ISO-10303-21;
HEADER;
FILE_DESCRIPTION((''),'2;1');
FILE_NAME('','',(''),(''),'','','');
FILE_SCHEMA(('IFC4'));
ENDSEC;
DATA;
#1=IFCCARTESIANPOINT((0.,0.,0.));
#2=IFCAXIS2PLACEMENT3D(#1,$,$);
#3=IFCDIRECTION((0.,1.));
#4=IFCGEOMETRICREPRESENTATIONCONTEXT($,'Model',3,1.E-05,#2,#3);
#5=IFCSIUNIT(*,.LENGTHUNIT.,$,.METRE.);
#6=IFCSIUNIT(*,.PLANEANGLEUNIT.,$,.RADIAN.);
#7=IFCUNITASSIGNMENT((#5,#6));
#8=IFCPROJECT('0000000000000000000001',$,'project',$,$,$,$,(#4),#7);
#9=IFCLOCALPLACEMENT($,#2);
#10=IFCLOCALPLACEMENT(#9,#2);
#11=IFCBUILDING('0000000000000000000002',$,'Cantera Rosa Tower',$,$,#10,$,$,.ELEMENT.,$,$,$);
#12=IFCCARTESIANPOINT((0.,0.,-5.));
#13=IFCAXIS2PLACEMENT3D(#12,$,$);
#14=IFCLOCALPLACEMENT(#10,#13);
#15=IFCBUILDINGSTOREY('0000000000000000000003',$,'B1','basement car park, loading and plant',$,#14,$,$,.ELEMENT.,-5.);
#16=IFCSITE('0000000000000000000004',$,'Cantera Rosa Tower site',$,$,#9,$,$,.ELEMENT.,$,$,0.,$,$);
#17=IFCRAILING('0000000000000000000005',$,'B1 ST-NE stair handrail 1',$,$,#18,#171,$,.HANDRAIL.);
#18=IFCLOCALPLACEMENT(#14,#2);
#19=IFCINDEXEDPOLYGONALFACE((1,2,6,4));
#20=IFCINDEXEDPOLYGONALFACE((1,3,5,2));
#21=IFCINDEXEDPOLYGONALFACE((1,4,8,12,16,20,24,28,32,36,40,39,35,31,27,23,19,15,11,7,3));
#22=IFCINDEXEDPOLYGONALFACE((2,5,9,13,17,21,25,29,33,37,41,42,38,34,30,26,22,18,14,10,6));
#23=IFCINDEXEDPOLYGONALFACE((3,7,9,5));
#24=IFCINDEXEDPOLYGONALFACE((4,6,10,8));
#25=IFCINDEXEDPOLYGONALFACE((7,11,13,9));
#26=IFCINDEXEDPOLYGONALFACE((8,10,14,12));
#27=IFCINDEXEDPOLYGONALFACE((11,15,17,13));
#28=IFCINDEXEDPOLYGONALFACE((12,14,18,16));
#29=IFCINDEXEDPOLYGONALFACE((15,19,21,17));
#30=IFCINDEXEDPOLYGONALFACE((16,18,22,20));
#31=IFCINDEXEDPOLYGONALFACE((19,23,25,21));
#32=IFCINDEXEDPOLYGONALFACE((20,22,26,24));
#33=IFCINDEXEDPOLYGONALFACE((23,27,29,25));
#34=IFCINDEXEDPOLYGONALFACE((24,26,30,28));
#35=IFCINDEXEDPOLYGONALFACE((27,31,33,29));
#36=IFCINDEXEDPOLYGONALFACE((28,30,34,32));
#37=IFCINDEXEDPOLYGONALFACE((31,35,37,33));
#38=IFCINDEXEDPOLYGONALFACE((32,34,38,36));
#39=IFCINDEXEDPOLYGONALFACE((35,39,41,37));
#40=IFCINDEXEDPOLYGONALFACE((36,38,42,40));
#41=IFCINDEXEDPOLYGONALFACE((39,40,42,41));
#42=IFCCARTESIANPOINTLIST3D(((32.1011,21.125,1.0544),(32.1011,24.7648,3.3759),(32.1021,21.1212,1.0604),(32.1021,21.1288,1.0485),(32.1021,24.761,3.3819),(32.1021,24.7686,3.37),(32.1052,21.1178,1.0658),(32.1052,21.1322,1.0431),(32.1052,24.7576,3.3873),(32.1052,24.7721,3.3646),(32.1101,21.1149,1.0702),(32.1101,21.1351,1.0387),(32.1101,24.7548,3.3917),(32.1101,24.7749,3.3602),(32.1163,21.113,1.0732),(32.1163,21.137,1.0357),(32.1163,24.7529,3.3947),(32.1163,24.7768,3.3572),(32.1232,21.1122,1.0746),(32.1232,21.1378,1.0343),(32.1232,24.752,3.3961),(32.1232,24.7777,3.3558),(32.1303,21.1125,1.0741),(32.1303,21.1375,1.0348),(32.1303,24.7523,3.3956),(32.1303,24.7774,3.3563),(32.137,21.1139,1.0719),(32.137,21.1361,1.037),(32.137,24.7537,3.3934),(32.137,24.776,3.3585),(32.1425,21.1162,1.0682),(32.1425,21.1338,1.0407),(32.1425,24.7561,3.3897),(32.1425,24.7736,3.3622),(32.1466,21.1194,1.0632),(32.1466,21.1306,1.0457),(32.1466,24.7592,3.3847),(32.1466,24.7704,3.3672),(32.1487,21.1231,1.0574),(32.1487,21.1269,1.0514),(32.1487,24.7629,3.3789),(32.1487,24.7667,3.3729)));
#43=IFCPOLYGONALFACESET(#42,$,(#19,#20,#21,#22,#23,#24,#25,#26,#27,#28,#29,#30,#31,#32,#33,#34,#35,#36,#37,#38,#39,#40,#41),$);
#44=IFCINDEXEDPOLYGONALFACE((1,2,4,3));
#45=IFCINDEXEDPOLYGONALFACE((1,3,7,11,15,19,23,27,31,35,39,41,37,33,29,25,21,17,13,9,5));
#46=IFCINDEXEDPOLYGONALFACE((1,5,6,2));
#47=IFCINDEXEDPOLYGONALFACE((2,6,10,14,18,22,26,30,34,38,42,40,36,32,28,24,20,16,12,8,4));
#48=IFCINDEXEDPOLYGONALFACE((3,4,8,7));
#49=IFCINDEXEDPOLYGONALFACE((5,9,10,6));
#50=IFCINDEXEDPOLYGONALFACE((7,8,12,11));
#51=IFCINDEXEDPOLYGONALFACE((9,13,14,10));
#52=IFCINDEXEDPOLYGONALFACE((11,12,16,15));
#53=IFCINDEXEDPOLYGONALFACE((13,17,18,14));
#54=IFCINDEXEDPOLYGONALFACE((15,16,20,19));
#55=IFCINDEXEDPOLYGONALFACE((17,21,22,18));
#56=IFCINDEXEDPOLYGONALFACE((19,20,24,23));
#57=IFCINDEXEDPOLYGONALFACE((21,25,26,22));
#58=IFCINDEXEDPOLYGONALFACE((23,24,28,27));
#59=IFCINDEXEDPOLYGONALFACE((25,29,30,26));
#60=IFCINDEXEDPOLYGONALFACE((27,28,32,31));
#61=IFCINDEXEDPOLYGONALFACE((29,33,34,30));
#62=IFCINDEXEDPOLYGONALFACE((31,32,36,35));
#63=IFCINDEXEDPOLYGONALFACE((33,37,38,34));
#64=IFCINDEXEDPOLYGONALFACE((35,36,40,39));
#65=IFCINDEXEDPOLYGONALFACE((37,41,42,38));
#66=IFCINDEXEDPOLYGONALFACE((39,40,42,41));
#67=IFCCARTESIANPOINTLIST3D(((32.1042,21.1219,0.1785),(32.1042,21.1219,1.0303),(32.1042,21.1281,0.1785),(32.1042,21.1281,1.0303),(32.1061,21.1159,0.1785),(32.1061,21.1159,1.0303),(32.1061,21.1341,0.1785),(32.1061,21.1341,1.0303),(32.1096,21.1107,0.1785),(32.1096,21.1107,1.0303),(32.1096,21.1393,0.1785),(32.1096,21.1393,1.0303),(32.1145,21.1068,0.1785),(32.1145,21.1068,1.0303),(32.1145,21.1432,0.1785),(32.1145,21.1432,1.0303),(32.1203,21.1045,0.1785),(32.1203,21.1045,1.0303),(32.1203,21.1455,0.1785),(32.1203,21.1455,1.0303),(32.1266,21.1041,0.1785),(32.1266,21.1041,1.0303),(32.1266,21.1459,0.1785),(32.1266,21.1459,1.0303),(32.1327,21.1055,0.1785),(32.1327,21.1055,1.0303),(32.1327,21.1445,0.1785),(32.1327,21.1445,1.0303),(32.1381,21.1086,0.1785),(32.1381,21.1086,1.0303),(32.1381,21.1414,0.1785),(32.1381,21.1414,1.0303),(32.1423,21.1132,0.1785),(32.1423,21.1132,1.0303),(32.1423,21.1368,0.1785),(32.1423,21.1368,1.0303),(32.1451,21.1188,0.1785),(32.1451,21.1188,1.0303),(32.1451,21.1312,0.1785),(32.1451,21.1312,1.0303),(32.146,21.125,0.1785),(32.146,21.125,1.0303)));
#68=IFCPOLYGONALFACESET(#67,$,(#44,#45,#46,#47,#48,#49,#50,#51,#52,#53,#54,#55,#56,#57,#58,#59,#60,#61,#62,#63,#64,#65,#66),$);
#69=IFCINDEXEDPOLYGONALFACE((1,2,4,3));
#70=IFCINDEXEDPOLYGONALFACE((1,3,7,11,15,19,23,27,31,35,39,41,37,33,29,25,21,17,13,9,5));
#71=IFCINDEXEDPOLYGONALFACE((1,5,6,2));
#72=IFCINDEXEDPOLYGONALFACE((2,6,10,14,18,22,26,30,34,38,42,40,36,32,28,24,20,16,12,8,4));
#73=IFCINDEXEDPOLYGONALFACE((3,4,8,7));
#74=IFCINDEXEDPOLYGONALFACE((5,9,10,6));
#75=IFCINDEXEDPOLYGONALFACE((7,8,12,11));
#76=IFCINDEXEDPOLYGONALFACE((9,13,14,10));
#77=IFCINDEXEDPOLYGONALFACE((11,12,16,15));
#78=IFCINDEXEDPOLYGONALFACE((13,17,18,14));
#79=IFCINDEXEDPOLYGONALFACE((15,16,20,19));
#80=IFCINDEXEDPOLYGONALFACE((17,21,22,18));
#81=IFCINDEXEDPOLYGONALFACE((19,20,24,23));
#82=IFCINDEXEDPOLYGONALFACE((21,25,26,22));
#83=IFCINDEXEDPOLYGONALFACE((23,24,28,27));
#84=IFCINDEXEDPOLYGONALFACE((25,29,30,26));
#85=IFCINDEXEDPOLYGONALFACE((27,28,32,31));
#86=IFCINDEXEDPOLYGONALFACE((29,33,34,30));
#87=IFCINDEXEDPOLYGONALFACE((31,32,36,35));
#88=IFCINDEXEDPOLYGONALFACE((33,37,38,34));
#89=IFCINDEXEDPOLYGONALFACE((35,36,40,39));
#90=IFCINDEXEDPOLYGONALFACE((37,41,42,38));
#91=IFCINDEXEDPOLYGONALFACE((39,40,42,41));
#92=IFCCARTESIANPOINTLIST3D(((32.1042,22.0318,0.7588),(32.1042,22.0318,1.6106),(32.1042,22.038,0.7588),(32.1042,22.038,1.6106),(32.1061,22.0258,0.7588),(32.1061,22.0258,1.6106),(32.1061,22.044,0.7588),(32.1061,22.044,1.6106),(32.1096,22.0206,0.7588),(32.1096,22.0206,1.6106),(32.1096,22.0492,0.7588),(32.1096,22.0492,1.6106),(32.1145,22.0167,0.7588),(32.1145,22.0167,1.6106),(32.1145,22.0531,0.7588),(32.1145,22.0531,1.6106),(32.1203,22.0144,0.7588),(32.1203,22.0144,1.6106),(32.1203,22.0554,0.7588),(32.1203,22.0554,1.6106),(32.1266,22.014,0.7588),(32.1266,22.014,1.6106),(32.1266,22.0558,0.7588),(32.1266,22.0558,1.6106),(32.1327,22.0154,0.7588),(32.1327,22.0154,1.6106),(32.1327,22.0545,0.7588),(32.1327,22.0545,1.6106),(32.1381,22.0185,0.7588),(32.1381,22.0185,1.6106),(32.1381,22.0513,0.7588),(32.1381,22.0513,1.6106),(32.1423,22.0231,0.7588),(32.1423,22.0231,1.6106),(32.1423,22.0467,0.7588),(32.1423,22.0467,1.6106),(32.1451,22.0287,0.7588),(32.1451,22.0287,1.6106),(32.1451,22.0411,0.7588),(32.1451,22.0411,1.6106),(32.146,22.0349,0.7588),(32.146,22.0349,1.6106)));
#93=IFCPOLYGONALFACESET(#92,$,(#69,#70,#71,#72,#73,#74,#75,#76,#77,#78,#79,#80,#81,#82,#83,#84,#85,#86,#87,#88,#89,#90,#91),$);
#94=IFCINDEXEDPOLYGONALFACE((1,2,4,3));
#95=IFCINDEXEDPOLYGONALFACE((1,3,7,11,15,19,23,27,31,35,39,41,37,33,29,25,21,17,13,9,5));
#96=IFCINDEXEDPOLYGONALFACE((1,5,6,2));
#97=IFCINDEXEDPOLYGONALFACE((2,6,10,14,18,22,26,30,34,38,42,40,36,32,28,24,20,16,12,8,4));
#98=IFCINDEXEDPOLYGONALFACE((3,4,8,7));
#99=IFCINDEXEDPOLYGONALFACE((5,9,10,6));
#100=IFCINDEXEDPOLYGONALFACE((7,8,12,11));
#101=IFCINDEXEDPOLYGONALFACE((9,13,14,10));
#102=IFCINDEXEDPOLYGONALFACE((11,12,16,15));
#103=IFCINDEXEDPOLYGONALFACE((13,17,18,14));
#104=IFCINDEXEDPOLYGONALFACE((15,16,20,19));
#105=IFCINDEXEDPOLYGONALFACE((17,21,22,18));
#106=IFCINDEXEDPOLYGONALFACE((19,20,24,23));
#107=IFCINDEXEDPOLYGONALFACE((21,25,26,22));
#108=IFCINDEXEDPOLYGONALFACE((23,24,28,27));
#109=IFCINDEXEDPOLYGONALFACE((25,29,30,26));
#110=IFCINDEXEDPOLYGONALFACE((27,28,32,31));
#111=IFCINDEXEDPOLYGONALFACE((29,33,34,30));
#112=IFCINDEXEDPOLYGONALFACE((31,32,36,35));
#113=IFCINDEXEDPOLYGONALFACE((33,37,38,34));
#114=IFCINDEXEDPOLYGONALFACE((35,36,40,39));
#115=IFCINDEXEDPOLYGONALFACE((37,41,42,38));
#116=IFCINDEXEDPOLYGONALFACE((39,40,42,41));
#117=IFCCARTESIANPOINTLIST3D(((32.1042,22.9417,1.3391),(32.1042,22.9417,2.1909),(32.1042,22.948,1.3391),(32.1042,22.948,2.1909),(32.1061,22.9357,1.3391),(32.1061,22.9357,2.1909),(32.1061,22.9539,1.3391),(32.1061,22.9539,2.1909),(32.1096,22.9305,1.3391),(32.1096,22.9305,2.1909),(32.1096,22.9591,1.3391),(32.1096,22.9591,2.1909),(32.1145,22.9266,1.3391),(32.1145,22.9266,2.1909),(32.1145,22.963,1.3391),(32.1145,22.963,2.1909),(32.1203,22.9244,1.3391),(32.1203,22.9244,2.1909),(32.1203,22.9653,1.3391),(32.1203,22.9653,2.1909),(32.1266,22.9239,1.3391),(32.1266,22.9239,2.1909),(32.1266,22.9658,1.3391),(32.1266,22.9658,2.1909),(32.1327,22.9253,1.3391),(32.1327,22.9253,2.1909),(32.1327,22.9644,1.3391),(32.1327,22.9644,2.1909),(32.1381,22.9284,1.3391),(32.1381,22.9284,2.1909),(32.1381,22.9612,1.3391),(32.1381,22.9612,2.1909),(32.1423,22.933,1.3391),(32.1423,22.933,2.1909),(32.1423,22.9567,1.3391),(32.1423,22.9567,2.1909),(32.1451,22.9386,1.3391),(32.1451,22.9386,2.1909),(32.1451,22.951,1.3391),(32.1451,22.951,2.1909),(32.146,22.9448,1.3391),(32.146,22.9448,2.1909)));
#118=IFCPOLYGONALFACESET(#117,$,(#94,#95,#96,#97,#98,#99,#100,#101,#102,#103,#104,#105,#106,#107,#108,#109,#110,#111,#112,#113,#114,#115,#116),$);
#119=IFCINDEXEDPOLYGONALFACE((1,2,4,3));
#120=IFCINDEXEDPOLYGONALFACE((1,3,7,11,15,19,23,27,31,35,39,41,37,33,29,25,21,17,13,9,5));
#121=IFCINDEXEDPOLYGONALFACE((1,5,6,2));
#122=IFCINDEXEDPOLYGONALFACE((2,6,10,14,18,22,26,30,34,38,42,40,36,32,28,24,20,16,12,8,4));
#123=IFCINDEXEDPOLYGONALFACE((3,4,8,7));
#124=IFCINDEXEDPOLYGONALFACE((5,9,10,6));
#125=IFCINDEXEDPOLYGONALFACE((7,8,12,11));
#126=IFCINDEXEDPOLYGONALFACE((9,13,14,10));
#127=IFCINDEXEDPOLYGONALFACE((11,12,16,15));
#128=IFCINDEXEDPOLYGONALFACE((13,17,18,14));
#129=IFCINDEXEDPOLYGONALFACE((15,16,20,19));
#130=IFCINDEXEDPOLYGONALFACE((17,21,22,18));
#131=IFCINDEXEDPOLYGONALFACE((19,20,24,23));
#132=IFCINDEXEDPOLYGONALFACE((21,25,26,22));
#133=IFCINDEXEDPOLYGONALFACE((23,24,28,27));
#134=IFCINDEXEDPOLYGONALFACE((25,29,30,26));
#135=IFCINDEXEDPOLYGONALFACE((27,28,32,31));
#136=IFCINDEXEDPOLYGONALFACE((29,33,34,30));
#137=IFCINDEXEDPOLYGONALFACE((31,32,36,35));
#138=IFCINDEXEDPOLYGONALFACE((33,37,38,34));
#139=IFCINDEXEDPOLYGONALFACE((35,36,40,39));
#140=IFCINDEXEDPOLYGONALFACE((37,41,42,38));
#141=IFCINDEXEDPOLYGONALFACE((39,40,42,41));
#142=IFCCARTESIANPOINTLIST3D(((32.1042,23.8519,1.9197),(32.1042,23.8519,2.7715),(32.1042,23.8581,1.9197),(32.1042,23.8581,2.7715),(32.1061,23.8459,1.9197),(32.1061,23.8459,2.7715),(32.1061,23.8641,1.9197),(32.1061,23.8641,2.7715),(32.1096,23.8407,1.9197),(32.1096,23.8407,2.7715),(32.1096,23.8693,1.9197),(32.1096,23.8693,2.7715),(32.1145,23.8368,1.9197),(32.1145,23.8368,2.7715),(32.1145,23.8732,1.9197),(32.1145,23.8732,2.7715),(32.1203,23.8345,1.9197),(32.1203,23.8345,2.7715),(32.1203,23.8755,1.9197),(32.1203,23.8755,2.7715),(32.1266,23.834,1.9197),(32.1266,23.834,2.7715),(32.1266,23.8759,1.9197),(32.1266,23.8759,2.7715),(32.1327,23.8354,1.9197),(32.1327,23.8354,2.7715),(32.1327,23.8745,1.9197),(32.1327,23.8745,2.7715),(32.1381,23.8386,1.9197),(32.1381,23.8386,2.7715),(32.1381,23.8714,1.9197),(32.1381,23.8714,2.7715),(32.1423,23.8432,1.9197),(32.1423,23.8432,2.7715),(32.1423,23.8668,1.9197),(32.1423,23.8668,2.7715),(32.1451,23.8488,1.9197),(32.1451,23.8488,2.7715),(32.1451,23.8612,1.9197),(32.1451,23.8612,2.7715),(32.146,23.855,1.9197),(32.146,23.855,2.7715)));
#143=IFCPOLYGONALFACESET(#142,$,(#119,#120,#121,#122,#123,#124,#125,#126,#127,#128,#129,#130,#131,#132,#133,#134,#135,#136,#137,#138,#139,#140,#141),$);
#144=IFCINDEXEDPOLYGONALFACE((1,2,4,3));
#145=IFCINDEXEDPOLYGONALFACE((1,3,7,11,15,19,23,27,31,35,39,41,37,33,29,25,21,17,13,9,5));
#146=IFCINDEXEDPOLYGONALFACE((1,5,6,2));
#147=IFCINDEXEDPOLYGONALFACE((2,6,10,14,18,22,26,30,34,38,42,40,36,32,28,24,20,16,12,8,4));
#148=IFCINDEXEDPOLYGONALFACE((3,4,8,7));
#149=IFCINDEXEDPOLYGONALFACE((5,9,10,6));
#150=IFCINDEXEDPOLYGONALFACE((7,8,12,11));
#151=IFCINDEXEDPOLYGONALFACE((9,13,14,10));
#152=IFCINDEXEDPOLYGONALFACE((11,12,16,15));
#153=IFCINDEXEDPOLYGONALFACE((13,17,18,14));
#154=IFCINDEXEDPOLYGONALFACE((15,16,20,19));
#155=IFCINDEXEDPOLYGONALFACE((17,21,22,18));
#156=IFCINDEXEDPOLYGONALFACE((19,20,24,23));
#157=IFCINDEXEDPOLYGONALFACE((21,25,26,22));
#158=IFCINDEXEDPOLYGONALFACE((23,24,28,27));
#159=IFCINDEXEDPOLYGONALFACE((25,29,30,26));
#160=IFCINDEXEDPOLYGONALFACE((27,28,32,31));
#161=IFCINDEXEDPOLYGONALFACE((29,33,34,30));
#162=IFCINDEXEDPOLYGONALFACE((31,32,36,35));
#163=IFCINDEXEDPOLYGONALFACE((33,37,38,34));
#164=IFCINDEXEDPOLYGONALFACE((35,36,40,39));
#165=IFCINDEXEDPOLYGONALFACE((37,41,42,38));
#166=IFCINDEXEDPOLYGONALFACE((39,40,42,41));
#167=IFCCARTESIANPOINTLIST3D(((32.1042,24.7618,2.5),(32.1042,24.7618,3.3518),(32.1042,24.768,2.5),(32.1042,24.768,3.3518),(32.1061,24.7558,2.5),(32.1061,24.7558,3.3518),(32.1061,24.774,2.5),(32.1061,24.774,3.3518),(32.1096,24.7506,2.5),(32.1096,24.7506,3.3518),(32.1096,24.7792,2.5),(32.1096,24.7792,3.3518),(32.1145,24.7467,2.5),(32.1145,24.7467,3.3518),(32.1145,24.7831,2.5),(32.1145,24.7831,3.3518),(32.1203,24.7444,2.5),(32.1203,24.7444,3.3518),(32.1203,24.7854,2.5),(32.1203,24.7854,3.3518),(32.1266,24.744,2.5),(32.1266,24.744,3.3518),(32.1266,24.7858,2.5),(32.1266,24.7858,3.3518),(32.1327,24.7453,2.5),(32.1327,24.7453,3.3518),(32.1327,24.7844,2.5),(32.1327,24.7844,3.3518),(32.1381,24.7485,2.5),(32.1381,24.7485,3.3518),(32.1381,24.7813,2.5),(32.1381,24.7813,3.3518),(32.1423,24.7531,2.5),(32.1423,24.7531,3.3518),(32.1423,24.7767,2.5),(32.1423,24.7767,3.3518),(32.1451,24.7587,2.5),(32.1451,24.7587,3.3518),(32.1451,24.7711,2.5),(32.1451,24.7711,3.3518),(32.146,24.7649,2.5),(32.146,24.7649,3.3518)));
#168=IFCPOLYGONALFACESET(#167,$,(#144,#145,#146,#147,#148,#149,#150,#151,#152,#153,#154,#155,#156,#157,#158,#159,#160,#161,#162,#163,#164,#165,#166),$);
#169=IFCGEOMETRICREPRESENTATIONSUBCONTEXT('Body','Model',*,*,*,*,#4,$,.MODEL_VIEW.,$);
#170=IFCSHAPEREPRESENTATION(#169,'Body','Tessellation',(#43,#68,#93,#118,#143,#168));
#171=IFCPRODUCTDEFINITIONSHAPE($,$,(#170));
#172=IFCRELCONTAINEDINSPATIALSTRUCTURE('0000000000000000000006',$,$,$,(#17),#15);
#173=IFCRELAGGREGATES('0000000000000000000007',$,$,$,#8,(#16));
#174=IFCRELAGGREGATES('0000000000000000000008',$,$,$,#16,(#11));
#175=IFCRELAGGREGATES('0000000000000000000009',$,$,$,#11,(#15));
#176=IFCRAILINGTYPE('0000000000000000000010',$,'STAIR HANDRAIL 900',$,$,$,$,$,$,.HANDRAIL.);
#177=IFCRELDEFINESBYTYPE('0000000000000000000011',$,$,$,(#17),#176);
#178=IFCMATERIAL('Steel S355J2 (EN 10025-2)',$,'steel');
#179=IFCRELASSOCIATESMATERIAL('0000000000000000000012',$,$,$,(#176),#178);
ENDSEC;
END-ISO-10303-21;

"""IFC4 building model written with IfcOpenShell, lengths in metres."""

from ifc_helpers import new_model, si_unit, direction, frame, origin, origin_2d, place, context, subcontext, project, spatial, circle, extrude, material, type_object, element, save


model = new_model("IFC4")

# Units and contexts
model_context = context("Model", 3, precision=1e-05, world=origin(), true_north=direction((0.0, 1.0)))
body_context = subcontext(model_context, "Body", "Model", "MODEL_VIEW")
ifc_project = project(units=[si_unit("LENGTHUNIT", "METRE"), si_unit("PLANEANGLEUNIT", "RADIAN")], contexts=[model_context])

# Site, building, storey
site_placement = place(None, origin())
site = spatial("IfcSite", under=ifc_project, at=site_placement, Name="Cantera Rosa Tower site", CompositionType="ELEMENT", RefElevation=0.0)
building_placement = place(site_placement, origin())
building = spatial("IfcBuilding", under=site, at=building_placement, Name="Cantera Rosa Tower", CompositionType="ELEMENT")
storey_placement = place(building_placement, frame((0.0, 0.0, -5.0)))
storey = spatial("IfcBuildingStorey", under=building, at=storey_placement, Name="B1", Description="basement car park, loading and plant", CompositionType="ELEMENT", Elevation=-5.0)

# Railing
ifc_material_1 = material(Name="Steel S355J2 (EN 10025-2)", Category="steel")
railing_type_1 = type_object("IfcRailingType", Name="STAIR HANDRAIL 900", PredefinedType="HANDRAIL", material=ifc_material_1)
railing_1_placement = place(storey_placement, frame((32.125, 21.125, 0.1785)))
element("IfcRailing", 1, at=railing_1_placement, inside=storey, type_object=railing_type_1, Name="B1 ST-NE stair handrail 1", PredefinedType="HANDRAIL", context=body_context, shape_type="SweptSolid", body=[
    extrude(circle(Radius=0.0239, at=origin_2d()), frame((0.0, 0.0, 0.876), z_axis=(0.0, 0.843112, 0.537739), x_axis=(-1.0, 0.0, 0.0)), (0.0, 0.0, 1.0), 4.3171),
    extrude(circle(Radius=0.021, at=origin_2d()), origin(), (0.0, 0.0, 1.0), 0.8518),
    extrude(circle(Radius=0.021, at=origin_2d()), frame((0.0, 0.9099, 0.5803)), (0.0, 0.0, 1.0), 0.8518),
    extrude(circle(Radius=0.021, at=origin_2d()), frame((0.0, 1.8198, 1.1606)), (0.0, 0.0, 1.0), 0.8518),
    extrude(circle(Radius=0.021, at=origin_2d()), frame((0.0, 2.73, 1.7412)), (0.0, 0.0, 1.0), 0.8518),
    extrude(circle(Radius=0.021, at=origin_2d()), frame((0.0, 3.6399, 2.3215)), (0.0, 0.0, 1.0), 0.8518),
])

save(model, "model.ifc")
